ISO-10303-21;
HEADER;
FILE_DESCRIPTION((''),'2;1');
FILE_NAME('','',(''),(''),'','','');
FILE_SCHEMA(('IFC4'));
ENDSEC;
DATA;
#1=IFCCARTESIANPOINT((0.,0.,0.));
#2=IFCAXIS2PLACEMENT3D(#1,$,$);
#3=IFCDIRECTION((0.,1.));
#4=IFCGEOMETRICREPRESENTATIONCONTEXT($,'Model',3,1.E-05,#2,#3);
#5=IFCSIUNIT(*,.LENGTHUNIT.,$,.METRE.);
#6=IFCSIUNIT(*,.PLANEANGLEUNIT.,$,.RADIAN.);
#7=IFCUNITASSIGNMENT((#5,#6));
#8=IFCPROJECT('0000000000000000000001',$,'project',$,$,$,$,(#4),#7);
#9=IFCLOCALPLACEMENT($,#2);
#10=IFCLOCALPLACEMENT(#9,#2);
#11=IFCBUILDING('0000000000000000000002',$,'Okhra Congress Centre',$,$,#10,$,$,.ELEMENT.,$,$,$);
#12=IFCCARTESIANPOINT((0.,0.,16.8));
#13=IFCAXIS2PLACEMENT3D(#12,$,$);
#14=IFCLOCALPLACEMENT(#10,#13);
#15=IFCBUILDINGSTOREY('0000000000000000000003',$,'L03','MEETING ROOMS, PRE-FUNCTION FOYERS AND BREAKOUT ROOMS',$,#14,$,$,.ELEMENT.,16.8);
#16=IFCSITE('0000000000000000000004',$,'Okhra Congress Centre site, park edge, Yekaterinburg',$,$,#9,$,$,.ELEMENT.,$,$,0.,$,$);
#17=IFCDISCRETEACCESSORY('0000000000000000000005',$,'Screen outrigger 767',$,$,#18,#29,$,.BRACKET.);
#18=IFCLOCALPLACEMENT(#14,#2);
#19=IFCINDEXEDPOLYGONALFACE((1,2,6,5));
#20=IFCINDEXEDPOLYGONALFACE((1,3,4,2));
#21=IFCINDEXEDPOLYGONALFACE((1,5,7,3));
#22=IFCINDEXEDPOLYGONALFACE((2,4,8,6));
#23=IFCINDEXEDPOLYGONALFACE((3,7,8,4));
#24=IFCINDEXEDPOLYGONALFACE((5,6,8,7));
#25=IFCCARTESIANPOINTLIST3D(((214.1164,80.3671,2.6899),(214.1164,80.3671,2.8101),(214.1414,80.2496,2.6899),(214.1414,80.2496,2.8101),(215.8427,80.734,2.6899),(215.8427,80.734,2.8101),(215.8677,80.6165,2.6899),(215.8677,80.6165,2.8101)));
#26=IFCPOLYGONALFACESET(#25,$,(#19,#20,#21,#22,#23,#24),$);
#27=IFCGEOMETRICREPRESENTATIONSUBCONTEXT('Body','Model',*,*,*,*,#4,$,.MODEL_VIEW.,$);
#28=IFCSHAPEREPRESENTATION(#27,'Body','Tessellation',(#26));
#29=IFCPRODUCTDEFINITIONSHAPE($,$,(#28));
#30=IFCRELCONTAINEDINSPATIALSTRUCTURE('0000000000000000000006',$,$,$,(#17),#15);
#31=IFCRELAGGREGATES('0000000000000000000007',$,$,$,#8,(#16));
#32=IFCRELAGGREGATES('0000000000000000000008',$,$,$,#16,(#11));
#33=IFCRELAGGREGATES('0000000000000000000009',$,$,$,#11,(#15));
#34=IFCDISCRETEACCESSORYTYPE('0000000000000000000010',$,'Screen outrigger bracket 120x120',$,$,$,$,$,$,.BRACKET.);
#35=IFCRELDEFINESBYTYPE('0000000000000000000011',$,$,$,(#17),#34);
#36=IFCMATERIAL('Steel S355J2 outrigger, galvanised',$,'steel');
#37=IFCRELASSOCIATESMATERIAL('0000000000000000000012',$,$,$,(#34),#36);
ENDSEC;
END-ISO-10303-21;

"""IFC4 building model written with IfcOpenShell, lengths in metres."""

from ifc_helpers import new_model, si_unit, direction, frame, origin, origin_2d, place, context, subcontext, project, spatial, rectangle, extrude, material, material_profile, profile_set, type_object, element, save


model = new_model("IFC4")

# Units and contexts
model_context = context("Model", 3, precision=1e-05, world=origin(), true_north=direction((0.0, 1.0)))
body_context = subcontext(model_context, "Body", "Model", "MODEL_VIEW")
ifc_project = project(units=[si_unit("LENGTHUNIT", "METRE"), si_unit("PLANEANGLEUNIT", "RADIAN")], contexts=[model_context])

# Site, building, storey
site_placement = place(None, origin())
site = spatial("IfcSite", under=ifc_project, at=site_placement, Name="Okhra Congress Centre site, park edge, Yekaterinburg", CompositionType="ELEMENT", RefElevation=0.0)
building_placement = place(site_placement, origin())
building = spatial("IfcBuilding", under=site, at=building_placement, Name="Okhra Congress Centre", CompositionType="ELEMENT")
storey_placement = place(building_placement, frame((0.0, 0.0, 16.8)))
storey = spatial("IfcBuildingStorey", under=building, at=storey_placement, Name="L03", Description="MEETING ROOMS, PRE-FUNCTION FOYERS AND BREAKOUT ROOMS", CompositionType="ELEMENT", Elevation=16.8)

# Discrete accessory
ifc_material_1 = material(Name="Steel S355J2 outrigger, galvanised", Category="steel")
ifc_material_profile_1 = material_profile(ifc_material_1, rectangle(XDim=0.1201, YDim=0.1201, at=origin_2d()), Name="Screen outrigger bracket 120x120")
ifc_profile_set_1 = profile_set([ifc_material_profile_1], Name="Steel S355J2 outrigger, galvanised")
discrete_accessory_type = type_object("IfcDiscreteAccessoryType", Name="Screen outrigger bracket 120x120", PredefinedType="BRACKET", material=ifc_profile_set_1)
for number, where, z_axis, x_axis, name in (
    (1, (214.1289, 80.3083, 2.75), (0.978147, 0.207913, 0.0), (-0.207913, 0.978147, 0.0), "Screen outrigger 767"),
):
    element("IfcDiscreteAccessory", number, at=place(storey_placement, frame(where, z_axis=z_axis, x_axis=x_axis)), inside=storey, type_object=discrete_accessory_type, Name=name, PredefinedType="BRACKET", context=body_context, shape_type="SweptSolid", body=[
        extrude(rectangle(XDim=0.1201, YDim=0.1201, at=origin_2d()), origin(), (0.0, 0.0, 1.0), 1.7649),
    ])

save(model, "model.ifc")
